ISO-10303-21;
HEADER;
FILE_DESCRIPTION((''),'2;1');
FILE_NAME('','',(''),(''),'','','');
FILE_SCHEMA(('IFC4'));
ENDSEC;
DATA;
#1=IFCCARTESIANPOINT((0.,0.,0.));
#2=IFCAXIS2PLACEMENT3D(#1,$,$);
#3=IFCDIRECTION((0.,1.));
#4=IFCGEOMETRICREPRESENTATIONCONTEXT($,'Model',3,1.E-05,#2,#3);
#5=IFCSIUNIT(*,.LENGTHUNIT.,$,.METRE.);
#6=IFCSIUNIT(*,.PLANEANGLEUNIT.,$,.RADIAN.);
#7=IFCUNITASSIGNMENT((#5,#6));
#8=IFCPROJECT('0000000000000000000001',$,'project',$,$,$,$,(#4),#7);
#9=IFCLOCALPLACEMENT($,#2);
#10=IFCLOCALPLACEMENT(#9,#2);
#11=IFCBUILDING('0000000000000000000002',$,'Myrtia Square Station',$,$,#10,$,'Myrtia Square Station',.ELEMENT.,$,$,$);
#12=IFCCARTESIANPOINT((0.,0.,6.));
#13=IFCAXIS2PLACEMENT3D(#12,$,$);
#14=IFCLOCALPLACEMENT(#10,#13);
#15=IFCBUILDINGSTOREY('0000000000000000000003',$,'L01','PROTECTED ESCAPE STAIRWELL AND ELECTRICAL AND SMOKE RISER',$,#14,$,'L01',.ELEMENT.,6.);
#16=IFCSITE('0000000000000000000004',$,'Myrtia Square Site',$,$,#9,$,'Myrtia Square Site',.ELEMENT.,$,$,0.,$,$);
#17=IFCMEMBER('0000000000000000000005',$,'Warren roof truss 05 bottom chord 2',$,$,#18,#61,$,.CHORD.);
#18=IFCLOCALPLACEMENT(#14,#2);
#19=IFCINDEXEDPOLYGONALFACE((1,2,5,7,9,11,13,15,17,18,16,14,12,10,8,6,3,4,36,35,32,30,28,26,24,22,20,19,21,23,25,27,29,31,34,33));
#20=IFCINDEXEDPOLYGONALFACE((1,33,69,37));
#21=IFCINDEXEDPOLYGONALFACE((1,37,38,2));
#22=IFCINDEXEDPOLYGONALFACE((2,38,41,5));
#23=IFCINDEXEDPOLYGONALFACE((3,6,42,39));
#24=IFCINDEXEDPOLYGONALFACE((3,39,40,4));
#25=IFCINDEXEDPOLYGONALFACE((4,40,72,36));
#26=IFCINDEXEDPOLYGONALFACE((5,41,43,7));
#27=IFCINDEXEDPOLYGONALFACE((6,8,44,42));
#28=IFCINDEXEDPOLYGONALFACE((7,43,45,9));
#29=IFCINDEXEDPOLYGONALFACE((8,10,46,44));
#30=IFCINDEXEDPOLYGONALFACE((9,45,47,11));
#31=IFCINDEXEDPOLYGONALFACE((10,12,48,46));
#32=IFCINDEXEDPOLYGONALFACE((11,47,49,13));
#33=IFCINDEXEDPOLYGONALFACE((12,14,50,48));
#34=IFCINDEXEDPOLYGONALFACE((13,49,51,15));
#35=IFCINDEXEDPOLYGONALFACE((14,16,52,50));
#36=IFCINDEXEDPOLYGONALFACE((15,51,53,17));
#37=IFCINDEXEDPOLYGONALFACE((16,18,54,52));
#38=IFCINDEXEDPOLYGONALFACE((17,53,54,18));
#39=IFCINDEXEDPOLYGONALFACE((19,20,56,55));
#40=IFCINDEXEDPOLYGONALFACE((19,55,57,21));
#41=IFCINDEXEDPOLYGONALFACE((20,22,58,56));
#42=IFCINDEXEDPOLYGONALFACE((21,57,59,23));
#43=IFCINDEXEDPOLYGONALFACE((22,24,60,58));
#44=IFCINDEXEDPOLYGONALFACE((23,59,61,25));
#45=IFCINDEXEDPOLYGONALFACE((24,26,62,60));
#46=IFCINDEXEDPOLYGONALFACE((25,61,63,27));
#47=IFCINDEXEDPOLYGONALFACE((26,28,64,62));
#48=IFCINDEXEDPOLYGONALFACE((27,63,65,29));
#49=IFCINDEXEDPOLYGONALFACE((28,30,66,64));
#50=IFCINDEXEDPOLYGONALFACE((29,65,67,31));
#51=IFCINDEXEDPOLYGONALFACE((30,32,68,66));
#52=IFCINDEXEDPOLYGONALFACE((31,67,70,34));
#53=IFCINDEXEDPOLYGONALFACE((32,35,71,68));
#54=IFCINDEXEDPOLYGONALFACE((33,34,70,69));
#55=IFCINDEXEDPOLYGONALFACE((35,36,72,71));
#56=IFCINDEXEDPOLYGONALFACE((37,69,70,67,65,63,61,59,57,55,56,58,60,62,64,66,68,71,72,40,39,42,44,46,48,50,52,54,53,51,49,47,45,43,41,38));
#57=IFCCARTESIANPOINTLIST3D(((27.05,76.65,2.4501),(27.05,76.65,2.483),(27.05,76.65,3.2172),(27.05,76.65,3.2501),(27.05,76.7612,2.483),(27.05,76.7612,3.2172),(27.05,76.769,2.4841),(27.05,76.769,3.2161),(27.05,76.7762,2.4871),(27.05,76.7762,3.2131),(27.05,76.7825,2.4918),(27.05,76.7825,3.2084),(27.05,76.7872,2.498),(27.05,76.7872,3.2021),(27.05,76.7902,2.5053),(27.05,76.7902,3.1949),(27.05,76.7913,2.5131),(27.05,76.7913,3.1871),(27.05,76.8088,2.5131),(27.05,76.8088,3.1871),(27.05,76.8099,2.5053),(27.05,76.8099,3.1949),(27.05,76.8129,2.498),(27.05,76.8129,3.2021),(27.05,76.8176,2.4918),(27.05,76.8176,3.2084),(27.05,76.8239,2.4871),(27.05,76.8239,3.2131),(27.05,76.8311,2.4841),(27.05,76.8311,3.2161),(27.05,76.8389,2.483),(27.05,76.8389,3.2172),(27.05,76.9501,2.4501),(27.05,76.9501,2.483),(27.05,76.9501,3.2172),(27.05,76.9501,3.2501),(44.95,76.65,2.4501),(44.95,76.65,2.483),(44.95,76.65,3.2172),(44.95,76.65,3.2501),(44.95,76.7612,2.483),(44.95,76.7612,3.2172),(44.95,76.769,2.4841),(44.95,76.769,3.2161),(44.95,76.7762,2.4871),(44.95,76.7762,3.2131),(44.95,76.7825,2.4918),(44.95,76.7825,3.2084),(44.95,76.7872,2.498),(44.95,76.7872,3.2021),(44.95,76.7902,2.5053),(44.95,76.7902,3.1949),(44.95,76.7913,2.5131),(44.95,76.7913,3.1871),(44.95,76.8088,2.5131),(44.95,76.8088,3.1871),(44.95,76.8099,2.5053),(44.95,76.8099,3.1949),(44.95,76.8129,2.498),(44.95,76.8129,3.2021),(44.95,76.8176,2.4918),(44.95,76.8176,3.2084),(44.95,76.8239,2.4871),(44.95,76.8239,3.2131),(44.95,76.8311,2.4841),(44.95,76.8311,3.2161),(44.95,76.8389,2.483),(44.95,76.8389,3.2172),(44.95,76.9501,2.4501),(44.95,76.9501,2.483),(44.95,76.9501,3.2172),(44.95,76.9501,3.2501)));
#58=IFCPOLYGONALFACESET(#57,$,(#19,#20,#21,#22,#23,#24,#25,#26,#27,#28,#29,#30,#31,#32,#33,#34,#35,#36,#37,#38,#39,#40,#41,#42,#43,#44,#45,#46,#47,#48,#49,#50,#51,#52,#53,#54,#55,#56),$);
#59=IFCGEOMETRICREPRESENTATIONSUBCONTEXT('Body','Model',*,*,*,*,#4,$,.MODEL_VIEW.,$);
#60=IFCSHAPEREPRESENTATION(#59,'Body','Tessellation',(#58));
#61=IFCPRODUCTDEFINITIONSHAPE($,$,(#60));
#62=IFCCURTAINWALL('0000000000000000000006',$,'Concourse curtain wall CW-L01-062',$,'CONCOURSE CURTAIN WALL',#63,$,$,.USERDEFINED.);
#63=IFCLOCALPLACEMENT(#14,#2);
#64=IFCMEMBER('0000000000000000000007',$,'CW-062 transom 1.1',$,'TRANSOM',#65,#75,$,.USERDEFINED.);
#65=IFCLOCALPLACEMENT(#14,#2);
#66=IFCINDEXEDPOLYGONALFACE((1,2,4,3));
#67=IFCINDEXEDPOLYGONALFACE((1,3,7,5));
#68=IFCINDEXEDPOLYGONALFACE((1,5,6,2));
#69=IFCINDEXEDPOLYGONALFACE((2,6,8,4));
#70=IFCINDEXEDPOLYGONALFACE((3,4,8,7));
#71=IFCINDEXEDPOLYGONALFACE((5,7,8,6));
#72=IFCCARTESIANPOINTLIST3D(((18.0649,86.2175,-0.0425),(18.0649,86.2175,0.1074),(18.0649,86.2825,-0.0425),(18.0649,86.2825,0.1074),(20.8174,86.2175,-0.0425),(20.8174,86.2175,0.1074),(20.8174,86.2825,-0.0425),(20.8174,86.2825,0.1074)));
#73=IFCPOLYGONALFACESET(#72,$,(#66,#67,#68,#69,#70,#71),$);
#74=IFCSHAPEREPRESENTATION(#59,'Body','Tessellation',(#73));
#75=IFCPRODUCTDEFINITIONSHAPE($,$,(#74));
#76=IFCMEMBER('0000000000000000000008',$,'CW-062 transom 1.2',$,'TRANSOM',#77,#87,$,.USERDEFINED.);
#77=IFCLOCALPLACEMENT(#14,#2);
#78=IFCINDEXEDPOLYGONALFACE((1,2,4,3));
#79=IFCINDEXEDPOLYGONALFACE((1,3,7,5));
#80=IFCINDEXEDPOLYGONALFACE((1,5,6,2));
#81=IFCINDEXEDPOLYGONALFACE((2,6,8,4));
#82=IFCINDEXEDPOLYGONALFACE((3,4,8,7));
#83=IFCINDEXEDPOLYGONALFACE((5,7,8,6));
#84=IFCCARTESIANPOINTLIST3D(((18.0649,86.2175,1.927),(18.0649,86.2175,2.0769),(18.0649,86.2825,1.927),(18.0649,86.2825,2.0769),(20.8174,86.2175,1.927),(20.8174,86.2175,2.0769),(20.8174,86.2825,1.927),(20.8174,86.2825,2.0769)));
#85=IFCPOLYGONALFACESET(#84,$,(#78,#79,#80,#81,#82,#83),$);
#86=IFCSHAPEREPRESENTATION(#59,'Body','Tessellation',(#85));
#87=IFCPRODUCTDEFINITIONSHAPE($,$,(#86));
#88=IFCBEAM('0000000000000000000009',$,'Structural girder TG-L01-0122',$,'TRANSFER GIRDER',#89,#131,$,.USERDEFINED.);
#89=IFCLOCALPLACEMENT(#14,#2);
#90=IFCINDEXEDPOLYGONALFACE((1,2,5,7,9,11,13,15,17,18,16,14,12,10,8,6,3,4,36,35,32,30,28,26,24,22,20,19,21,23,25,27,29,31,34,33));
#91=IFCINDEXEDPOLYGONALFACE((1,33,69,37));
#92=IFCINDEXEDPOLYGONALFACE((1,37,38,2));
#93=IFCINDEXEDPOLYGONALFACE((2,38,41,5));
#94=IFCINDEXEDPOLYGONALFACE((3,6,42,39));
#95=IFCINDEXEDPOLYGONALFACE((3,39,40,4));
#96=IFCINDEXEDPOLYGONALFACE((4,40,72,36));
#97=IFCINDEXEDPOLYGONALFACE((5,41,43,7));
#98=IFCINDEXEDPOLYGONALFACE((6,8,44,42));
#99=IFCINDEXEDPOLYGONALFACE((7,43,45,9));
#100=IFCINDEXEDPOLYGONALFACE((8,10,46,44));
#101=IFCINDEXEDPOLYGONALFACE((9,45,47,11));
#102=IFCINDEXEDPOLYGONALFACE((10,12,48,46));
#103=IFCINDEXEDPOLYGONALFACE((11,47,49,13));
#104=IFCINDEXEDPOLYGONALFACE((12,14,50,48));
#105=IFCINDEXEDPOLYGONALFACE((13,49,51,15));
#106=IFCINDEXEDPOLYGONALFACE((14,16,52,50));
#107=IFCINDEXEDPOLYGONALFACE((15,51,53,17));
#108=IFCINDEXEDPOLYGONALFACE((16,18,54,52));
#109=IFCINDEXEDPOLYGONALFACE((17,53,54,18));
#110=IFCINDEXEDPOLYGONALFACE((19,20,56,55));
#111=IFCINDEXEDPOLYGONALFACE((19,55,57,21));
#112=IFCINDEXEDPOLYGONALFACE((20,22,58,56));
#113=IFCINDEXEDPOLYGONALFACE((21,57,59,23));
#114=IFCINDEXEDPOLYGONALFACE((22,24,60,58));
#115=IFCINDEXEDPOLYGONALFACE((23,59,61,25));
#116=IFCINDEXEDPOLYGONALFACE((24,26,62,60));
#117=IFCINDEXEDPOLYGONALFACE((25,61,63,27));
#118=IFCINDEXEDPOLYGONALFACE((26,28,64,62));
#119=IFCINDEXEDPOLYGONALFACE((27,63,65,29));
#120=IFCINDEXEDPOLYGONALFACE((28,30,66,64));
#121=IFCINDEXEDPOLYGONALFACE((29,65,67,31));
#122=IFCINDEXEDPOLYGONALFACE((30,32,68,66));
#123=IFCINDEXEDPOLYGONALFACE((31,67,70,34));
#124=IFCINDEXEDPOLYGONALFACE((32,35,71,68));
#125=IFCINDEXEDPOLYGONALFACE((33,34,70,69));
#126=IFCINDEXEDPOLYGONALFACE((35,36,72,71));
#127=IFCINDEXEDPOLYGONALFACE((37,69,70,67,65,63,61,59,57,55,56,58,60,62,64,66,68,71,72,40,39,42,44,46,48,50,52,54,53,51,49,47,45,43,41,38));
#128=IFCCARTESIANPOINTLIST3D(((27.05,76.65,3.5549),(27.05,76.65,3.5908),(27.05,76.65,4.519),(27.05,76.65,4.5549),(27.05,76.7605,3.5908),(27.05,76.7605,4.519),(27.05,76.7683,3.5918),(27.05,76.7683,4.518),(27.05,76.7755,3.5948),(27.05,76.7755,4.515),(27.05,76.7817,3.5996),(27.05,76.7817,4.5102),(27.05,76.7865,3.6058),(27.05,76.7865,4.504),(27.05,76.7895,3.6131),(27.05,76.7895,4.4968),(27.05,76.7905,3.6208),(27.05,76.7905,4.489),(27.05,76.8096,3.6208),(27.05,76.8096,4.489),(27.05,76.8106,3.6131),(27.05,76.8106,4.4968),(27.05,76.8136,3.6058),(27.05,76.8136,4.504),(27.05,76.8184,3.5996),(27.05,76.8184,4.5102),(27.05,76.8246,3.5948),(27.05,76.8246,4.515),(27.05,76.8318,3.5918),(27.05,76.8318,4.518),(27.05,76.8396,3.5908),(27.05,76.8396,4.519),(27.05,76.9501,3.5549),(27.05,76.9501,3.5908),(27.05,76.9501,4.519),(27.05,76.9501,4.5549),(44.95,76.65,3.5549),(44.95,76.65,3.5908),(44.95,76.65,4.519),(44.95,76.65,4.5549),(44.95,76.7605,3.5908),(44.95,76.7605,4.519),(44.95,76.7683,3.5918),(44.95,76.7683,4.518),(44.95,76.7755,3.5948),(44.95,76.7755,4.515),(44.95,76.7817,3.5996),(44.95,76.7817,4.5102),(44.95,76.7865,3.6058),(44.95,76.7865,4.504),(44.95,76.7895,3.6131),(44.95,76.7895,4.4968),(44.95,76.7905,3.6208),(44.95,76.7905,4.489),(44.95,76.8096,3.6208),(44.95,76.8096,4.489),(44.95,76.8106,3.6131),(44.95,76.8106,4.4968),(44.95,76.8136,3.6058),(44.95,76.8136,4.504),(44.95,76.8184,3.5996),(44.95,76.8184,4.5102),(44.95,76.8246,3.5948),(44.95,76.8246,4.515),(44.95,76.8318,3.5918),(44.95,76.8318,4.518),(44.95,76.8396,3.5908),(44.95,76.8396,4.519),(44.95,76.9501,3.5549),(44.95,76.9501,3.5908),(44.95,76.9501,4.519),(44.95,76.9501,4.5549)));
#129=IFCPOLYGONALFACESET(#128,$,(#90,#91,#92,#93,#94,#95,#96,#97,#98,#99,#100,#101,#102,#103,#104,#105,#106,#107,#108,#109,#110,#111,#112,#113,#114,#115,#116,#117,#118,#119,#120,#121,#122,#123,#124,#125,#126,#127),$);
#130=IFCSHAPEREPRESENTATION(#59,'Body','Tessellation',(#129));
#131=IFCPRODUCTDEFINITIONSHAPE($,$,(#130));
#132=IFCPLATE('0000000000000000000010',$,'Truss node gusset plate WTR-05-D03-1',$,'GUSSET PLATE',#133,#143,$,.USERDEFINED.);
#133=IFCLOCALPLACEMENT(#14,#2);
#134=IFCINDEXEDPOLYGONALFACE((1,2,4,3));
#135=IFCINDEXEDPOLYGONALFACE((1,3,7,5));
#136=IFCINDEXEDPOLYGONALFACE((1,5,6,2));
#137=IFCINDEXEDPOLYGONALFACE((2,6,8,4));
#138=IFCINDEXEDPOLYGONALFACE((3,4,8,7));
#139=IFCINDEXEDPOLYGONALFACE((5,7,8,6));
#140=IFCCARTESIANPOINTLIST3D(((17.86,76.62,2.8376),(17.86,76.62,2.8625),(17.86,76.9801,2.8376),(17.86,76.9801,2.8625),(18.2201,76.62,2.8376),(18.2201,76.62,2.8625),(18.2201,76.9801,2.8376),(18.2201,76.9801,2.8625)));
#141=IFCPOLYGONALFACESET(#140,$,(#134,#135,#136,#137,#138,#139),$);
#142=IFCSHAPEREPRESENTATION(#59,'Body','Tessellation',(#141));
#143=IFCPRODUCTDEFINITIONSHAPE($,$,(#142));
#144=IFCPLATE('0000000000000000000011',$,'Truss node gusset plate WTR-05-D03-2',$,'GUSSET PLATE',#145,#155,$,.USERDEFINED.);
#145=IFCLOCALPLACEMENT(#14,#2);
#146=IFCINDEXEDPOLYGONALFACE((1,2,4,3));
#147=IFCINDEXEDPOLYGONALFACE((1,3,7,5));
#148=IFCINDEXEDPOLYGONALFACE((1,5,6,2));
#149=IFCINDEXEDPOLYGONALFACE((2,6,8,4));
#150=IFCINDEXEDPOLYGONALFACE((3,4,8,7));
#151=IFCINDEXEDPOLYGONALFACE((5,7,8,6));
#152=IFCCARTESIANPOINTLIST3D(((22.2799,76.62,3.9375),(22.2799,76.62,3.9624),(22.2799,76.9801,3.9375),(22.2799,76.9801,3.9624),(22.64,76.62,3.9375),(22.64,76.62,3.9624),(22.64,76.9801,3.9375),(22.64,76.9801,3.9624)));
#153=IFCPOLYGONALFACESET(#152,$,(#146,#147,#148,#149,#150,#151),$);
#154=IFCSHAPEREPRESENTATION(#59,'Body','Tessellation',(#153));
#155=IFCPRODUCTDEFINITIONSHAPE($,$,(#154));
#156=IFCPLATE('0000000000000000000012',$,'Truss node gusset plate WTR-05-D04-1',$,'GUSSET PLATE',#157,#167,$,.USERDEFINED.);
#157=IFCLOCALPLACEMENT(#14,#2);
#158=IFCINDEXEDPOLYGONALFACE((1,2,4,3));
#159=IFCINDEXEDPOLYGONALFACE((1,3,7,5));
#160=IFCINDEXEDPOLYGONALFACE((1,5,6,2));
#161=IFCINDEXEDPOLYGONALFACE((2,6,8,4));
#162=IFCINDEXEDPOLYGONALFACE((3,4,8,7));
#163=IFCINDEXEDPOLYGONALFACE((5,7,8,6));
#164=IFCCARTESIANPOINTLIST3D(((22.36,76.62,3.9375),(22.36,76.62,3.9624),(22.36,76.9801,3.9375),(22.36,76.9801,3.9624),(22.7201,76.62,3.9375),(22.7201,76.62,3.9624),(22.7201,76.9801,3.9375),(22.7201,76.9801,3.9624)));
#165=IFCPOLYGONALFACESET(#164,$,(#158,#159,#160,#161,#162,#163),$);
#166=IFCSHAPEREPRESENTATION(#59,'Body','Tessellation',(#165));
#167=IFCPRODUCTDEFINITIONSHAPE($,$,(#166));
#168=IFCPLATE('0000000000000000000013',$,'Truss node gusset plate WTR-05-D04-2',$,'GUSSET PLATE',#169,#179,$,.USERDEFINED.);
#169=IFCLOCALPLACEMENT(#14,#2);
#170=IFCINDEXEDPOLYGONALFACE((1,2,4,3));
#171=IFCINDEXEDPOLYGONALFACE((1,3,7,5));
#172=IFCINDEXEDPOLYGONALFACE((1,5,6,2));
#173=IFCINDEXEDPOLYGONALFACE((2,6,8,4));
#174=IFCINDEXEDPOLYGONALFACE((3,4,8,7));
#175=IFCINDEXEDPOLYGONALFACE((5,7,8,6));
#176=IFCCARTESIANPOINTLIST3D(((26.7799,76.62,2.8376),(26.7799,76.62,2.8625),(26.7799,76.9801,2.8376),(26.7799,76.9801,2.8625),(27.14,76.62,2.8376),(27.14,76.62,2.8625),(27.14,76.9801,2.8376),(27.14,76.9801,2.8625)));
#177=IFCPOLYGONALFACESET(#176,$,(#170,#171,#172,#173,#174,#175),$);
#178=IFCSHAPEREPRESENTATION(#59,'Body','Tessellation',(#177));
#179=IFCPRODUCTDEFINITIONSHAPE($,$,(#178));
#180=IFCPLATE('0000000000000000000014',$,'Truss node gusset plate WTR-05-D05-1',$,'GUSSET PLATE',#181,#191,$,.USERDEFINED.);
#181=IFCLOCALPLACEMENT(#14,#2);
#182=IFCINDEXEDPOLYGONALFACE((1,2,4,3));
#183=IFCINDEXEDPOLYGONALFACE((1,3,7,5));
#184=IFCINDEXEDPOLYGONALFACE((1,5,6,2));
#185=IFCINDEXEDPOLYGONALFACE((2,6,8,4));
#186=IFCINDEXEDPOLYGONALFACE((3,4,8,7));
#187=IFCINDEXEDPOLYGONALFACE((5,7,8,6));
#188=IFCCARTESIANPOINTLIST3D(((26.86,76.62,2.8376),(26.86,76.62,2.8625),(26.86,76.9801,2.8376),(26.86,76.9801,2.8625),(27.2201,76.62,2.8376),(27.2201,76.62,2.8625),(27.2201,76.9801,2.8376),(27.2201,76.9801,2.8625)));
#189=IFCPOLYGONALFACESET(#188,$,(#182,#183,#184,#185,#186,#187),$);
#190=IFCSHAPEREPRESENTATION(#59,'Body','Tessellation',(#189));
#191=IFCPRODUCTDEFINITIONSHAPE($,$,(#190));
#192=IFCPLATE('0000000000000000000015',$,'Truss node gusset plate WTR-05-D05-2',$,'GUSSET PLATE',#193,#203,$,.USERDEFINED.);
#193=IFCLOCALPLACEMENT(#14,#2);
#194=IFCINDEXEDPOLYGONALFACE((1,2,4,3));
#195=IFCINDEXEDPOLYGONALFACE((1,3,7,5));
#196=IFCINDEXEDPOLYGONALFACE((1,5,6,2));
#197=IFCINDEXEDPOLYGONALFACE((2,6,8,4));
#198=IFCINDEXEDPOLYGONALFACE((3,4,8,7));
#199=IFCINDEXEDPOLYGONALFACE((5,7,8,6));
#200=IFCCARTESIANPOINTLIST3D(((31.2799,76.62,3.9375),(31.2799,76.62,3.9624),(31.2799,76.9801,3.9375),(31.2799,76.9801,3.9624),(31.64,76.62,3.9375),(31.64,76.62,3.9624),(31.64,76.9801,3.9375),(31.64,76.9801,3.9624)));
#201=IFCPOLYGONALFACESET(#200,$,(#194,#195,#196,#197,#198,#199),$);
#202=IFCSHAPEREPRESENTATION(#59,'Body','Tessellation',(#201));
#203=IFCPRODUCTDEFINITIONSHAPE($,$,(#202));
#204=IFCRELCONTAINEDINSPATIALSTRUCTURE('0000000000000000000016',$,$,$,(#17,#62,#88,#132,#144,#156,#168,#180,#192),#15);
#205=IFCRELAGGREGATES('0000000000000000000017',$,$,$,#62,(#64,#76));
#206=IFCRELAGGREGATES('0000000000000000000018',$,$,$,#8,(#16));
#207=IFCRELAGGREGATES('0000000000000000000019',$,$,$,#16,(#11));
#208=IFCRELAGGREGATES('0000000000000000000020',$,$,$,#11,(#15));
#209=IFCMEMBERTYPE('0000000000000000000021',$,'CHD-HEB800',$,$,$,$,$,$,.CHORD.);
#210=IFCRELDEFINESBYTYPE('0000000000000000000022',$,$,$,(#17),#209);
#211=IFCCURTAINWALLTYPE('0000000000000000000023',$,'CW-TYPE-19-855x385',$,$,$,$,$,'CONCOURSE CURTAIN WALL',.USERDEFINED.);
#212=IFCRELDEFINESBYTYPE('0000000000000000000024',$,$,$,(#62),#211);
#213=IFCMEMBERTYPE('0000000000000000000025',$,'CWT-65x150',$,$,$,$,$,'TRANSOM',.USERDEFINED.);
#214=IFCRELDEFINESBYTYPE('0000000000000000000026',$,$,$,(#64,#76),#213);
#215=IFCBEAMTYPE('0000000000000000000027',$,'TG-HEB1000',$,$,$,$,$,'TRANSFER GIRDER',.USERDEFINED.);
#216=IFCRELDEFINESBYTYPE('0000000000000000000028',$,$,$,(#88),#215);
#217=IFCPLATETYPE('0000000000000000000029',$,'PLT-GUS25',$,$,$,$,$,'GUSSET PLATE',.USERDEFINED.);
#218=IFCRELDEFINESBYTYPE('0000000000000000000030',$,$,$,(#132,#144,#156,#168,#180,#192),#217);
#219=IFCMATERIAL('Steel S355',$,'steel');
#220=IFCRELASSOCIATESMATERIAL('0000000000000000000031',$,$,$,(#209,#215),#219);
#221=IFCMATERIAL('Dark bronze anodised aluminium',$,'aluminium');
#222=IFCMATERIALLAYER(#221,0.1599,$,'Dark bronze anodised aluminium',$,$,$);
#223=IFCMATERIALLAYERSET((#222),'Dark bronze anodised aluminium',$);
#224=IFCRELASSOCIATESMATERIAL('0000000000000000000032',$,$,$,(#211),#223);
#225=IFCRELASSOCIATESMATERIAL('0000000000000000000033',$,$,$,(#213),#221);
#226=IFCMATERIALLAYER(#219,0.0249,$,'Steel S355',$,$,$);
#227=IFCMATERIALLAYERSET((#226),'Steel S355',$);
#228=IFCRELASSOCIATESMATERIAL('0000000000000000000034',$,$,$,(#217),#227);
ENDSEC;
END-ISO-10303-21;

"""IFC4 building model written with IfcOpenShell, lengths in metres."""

from ifc_helpers import new_model, si_unit, direction, frame, origin, origin_2d, place, context, subcontext, project, spatial, rectangle, i_section, extrude, material, layer, layer_set, material_profile, profile_set, type_object, element, aggregate, save


model = new_model("IFC4")

# Units and contexts
model_context = context("Model", 3, precision=1e-05, world=origin(), true_north=direction((0.0, 1.0)))
body_context = subcontext(model_context, "Body", "Model", "MODEL_VIEW")
ifc_project = project(units=[si_unit("LENGTHUNIT", "METRE"), si_unit("PLANEANGLEUNIT", "RADIAN")], contexts=[model_context])

# Site, building, storey
site_placement = place(None, origin())
site = spatial("IfcSite", under=ifc_project, at=site_placement, Name="Myrtia Square Site", LongName="Myrtia Square Site", CompositionType="ELEMENT", RefElevation=0.0)
building_placement = place(site_placement, origin())
building = spatial("IfcBuilding", under=site, at=building_placement, Name="Myrtia Square Station", LongName="Myrtia Square Station", CompositionType="ELEMENT")
storey_placement = place(building_placement, frame((0.0, 0.0, 6.0)))
storey = spatial("IfcBuildingStorey", under=building, at=storey_placement, Name="L01", Description="PROTECTED ESCAPE STAIRWELL AND ELECTRICAL AND SMOKE RISER", LongName="L01", CompositionType="ELEMENT", Elevation=6.0)

# Shared definitions
ifc_material_1 = material(Name="Steel S355", Category="steel")

# Member
ifc_material_profile_1 = material_profile(ifc_material_1, i_section(OverallWidth=0.3, OverallDepth=0.8, WebThickness=0.0176, FlangeThickness=0.033, FilletRadius=0.03, at=origin_2d()), Name="HEB 800")
ifc_profile_set_1 = profile_set([ifc_material_profile_1], Name="Steel S355")
member_type_1 = type_object("IfcMemberType", Name="CHD-HEB800", PredefinedType="CHORD", material=ifc_profile_set_1)
member_1_placement = place(storey_placement, frame((27.05, 76.8, 2.8501), z_axis=(1.0, 0.0, 0.0), x_axis=(0.0, 1.0, 0.0)))
element("IfcMember", 1, at=member_1_placement, inside=storey, type_object=member_type_1, Name="Warren roof truss 05 bottom chord 2", PredefinedType="CHORD", context=body_context, shape_type="SweptSolid", body=[
    extrude(i_section(OverallWidth=0.3, OverallDepth=0.8, WebThickness=0.0176, FlangeThickness=0.033, FilletRadius=0.03, at=origin_2d()), origin(), (0.0, 0.0, 1.0), 17.8999),
])

# Curtain wall, members
ifc_material_2 = material(Name="Dark bronze anodised aluminium", Category="aluminium")
ifc_layer_1 = layer(ifc_material_2, 0.1599, Name="Dark bronze anodised aluminium")
ifc_layer_set_1 = layer_set([ifc_layer_1], Name="Dark bronze anodised aluminium")
curtain_wall_type = type_object("IfcCurtainWallType", Name="CW-TYPE-19-855x385", ElementType="CONCOURSE CURTAIN WALL", PredefinedType="USERDEFINED", material=ifc_layer_set_1)
curtain_wall_placement = place(storey_placement, origin())
curtain_wall = element("IfcCurtainWall", 2, at=curtain_wall_placement, inside=storey, type_object=curtain_wall_type, Name="Concourse curtain wall CW-L01-062", ObjectType="CONCOURSE CURTAIN WALL", PredefinedType="USERDEFINED")
ifc_material_profile_2 = material_profile(ifc_material_2, rectangle(XDim=0.0649, YDim=0.1499, at=origin_2d()), Name="ALU-T 65x150")
ifc_profile_set_2 = profile_set([ifc_material_profile_2], Name="Dark bronze anodised aluminium")
member_type_2 = type_object("IfcMemberType", Name="CWT-65x150", ElementType="TRANSOM", PredefinedType="USERDEFINED", material=ifc_profile_set_2)
member_2_placement = place(storey_placement, frame((18.0649, 86.25, 0.0325), z_axis=(1.0, 0.0, 0.0), x_axis=(0.0, 1.0, 0.0)))
member_2 = element("IfcMember", 3, at=member_2_placement, type_object=member_type_2, Name="CW-062 transom 1.1", ObjectType="TRANSOM", PredefinedType="USERDEFINED", context=body_context, shape_type="SweptSolid", body=[
    extrude(rectangle(XDim=0.0649, YDim=0.1499, at=origin_2d()), origin(), (0.0, 0.0, 1.0), 2.7524),
])
member_3_placement = place(storey_placement, frame((18.0649, 86.25, 2.002), z_axis=(1.0, 0.0, 0.0), x_axis=(0.0, 1.0, 0.0)))
member_3 = element("IfcMember", 4, at=member_3_placement, type_object=member_type_2, Name="CW-062 transom 1.2", ObjectType="TRANSOM", PredefinedType="USERDEFINED", context=body_context, shape_type="SweptSolid", body=[
    extrude(rectangle(XDim=0.0649, YDim=0.1499, at=origin_2d()), origin(), (0.0, 0.0, 1.0), 2.7524),
])
aggregate(curtain_wall, [member_2, member_3])

# Beam
ifc_material_profile_3 = material_profile(ifc_material_1, i_section(OverallWidth=0.3, OverallDepth=1.0, WebThickness=0.019, FlangeThickness=0.0359, FilletRadius=0.03, at=origin_2d()), Name="HEB 1000")
ifc_profile_set_3 = profile_set([ifc_material_profile_3], Name="Steel S355")
beam_type_1 = type_object("IfcBeamType", Name="TG-HEB1000", ElementType="TRANSFER GIRDER", PredefinedType="USERDEFINED", material=ifc_profile_set_3)
beam_placement = place(storey_placement, frame((27.05, 76.8, 4.0549), z_axis=(1.0, 0.0, 0.0), x_axis=(0.0, 1.0, 0.0)))
element("IfcBeam", 5, at=beam_placement, inside=storey, type_object=beam_type_1, Name="Structural girder TG-L01-0122", ObjectType="TRANSFER GIRDER", PredefinedType="USERDEFINED", context=body_context, shape_type="SweptSolid", body=[
    extrude(i_section(OverallWidth=0.3, OverallDepth=1.0, WebThickness=0.019, FlangeThickness=0.0359, FilletRadius=0.03, at=origin_2d()), origin(), (0.0, 0.0, 1.0), 17.8999),
])

# Plates
ifc_layer_2 = layer(ifc_material_1, 0.0249, Name="Steel S355")
ifc_layer_set_2 = layer_set([ifc_layer_2], Name="Steel S355")
plate_type = type_object("IfcPlateType", Name="PLT-GUS25", ElementType="GUSSET PLATE", PredefinedType="USERDEFINED", material=ifc_layer_set_2)
for number, where, z_axis, x_axis, name in (
    (6, (18.04, 76.8, 2.8376), (0.0, 0.0, 1.0), (1.0, 0.0, 0.0), "Truss node gusset plate WTR-05-D03-1"),
    (7, (22.46, 76.8, 3.9375), (0.0, 0.0, 1.0), (1.0, 0.0, 0.0), "Truss node gusset plate WTR-05-D03-2"),
    (8, (22.54, 76.8, 3.9375), (0.0, 0.0, 1.0), (1.0, 0.0, 0.0), "Truss node gusset plate WTR-05-D04-1"),
    (9, (26.96, 76.8, 2.8376), (0.0, 0.0, 1.0), (1.0, 0.0, 0.0), "Truss node gusset plate WTR-05-D04-2"),
    (10, (27.04, 76.8, 2.8376), (0.0, 0.0, 1.0), (1.0, 0.0, 0.0), "Truss node gusset plate WTR-05-D05-1"),
    (11, (31.46, 76.8, 3.9375), (0.0, 0.0, 1.0), (1.0, 0.0, 0.0), "Truss node gusset plate WTR-05-D05-2"),
):
    element("IfcPlate", number, at=place(storey_placement, frame(where, z_axis=z_axis, x_axis=x_axis)), inside=storey, type_object=plate_type, Name=name, ObjectType="GUSSET PLATE", PredefinedType="USERDEFINED", context=body_context, shape_type="SweptSolid", body=[
        extrude(rectangle(XDim=0.3601, YDim=0.3601, at=origin_2d()), origin(), (0.0, 0.0, 1.0), 0.0249),
    ])

save(model, "model.ifc")
